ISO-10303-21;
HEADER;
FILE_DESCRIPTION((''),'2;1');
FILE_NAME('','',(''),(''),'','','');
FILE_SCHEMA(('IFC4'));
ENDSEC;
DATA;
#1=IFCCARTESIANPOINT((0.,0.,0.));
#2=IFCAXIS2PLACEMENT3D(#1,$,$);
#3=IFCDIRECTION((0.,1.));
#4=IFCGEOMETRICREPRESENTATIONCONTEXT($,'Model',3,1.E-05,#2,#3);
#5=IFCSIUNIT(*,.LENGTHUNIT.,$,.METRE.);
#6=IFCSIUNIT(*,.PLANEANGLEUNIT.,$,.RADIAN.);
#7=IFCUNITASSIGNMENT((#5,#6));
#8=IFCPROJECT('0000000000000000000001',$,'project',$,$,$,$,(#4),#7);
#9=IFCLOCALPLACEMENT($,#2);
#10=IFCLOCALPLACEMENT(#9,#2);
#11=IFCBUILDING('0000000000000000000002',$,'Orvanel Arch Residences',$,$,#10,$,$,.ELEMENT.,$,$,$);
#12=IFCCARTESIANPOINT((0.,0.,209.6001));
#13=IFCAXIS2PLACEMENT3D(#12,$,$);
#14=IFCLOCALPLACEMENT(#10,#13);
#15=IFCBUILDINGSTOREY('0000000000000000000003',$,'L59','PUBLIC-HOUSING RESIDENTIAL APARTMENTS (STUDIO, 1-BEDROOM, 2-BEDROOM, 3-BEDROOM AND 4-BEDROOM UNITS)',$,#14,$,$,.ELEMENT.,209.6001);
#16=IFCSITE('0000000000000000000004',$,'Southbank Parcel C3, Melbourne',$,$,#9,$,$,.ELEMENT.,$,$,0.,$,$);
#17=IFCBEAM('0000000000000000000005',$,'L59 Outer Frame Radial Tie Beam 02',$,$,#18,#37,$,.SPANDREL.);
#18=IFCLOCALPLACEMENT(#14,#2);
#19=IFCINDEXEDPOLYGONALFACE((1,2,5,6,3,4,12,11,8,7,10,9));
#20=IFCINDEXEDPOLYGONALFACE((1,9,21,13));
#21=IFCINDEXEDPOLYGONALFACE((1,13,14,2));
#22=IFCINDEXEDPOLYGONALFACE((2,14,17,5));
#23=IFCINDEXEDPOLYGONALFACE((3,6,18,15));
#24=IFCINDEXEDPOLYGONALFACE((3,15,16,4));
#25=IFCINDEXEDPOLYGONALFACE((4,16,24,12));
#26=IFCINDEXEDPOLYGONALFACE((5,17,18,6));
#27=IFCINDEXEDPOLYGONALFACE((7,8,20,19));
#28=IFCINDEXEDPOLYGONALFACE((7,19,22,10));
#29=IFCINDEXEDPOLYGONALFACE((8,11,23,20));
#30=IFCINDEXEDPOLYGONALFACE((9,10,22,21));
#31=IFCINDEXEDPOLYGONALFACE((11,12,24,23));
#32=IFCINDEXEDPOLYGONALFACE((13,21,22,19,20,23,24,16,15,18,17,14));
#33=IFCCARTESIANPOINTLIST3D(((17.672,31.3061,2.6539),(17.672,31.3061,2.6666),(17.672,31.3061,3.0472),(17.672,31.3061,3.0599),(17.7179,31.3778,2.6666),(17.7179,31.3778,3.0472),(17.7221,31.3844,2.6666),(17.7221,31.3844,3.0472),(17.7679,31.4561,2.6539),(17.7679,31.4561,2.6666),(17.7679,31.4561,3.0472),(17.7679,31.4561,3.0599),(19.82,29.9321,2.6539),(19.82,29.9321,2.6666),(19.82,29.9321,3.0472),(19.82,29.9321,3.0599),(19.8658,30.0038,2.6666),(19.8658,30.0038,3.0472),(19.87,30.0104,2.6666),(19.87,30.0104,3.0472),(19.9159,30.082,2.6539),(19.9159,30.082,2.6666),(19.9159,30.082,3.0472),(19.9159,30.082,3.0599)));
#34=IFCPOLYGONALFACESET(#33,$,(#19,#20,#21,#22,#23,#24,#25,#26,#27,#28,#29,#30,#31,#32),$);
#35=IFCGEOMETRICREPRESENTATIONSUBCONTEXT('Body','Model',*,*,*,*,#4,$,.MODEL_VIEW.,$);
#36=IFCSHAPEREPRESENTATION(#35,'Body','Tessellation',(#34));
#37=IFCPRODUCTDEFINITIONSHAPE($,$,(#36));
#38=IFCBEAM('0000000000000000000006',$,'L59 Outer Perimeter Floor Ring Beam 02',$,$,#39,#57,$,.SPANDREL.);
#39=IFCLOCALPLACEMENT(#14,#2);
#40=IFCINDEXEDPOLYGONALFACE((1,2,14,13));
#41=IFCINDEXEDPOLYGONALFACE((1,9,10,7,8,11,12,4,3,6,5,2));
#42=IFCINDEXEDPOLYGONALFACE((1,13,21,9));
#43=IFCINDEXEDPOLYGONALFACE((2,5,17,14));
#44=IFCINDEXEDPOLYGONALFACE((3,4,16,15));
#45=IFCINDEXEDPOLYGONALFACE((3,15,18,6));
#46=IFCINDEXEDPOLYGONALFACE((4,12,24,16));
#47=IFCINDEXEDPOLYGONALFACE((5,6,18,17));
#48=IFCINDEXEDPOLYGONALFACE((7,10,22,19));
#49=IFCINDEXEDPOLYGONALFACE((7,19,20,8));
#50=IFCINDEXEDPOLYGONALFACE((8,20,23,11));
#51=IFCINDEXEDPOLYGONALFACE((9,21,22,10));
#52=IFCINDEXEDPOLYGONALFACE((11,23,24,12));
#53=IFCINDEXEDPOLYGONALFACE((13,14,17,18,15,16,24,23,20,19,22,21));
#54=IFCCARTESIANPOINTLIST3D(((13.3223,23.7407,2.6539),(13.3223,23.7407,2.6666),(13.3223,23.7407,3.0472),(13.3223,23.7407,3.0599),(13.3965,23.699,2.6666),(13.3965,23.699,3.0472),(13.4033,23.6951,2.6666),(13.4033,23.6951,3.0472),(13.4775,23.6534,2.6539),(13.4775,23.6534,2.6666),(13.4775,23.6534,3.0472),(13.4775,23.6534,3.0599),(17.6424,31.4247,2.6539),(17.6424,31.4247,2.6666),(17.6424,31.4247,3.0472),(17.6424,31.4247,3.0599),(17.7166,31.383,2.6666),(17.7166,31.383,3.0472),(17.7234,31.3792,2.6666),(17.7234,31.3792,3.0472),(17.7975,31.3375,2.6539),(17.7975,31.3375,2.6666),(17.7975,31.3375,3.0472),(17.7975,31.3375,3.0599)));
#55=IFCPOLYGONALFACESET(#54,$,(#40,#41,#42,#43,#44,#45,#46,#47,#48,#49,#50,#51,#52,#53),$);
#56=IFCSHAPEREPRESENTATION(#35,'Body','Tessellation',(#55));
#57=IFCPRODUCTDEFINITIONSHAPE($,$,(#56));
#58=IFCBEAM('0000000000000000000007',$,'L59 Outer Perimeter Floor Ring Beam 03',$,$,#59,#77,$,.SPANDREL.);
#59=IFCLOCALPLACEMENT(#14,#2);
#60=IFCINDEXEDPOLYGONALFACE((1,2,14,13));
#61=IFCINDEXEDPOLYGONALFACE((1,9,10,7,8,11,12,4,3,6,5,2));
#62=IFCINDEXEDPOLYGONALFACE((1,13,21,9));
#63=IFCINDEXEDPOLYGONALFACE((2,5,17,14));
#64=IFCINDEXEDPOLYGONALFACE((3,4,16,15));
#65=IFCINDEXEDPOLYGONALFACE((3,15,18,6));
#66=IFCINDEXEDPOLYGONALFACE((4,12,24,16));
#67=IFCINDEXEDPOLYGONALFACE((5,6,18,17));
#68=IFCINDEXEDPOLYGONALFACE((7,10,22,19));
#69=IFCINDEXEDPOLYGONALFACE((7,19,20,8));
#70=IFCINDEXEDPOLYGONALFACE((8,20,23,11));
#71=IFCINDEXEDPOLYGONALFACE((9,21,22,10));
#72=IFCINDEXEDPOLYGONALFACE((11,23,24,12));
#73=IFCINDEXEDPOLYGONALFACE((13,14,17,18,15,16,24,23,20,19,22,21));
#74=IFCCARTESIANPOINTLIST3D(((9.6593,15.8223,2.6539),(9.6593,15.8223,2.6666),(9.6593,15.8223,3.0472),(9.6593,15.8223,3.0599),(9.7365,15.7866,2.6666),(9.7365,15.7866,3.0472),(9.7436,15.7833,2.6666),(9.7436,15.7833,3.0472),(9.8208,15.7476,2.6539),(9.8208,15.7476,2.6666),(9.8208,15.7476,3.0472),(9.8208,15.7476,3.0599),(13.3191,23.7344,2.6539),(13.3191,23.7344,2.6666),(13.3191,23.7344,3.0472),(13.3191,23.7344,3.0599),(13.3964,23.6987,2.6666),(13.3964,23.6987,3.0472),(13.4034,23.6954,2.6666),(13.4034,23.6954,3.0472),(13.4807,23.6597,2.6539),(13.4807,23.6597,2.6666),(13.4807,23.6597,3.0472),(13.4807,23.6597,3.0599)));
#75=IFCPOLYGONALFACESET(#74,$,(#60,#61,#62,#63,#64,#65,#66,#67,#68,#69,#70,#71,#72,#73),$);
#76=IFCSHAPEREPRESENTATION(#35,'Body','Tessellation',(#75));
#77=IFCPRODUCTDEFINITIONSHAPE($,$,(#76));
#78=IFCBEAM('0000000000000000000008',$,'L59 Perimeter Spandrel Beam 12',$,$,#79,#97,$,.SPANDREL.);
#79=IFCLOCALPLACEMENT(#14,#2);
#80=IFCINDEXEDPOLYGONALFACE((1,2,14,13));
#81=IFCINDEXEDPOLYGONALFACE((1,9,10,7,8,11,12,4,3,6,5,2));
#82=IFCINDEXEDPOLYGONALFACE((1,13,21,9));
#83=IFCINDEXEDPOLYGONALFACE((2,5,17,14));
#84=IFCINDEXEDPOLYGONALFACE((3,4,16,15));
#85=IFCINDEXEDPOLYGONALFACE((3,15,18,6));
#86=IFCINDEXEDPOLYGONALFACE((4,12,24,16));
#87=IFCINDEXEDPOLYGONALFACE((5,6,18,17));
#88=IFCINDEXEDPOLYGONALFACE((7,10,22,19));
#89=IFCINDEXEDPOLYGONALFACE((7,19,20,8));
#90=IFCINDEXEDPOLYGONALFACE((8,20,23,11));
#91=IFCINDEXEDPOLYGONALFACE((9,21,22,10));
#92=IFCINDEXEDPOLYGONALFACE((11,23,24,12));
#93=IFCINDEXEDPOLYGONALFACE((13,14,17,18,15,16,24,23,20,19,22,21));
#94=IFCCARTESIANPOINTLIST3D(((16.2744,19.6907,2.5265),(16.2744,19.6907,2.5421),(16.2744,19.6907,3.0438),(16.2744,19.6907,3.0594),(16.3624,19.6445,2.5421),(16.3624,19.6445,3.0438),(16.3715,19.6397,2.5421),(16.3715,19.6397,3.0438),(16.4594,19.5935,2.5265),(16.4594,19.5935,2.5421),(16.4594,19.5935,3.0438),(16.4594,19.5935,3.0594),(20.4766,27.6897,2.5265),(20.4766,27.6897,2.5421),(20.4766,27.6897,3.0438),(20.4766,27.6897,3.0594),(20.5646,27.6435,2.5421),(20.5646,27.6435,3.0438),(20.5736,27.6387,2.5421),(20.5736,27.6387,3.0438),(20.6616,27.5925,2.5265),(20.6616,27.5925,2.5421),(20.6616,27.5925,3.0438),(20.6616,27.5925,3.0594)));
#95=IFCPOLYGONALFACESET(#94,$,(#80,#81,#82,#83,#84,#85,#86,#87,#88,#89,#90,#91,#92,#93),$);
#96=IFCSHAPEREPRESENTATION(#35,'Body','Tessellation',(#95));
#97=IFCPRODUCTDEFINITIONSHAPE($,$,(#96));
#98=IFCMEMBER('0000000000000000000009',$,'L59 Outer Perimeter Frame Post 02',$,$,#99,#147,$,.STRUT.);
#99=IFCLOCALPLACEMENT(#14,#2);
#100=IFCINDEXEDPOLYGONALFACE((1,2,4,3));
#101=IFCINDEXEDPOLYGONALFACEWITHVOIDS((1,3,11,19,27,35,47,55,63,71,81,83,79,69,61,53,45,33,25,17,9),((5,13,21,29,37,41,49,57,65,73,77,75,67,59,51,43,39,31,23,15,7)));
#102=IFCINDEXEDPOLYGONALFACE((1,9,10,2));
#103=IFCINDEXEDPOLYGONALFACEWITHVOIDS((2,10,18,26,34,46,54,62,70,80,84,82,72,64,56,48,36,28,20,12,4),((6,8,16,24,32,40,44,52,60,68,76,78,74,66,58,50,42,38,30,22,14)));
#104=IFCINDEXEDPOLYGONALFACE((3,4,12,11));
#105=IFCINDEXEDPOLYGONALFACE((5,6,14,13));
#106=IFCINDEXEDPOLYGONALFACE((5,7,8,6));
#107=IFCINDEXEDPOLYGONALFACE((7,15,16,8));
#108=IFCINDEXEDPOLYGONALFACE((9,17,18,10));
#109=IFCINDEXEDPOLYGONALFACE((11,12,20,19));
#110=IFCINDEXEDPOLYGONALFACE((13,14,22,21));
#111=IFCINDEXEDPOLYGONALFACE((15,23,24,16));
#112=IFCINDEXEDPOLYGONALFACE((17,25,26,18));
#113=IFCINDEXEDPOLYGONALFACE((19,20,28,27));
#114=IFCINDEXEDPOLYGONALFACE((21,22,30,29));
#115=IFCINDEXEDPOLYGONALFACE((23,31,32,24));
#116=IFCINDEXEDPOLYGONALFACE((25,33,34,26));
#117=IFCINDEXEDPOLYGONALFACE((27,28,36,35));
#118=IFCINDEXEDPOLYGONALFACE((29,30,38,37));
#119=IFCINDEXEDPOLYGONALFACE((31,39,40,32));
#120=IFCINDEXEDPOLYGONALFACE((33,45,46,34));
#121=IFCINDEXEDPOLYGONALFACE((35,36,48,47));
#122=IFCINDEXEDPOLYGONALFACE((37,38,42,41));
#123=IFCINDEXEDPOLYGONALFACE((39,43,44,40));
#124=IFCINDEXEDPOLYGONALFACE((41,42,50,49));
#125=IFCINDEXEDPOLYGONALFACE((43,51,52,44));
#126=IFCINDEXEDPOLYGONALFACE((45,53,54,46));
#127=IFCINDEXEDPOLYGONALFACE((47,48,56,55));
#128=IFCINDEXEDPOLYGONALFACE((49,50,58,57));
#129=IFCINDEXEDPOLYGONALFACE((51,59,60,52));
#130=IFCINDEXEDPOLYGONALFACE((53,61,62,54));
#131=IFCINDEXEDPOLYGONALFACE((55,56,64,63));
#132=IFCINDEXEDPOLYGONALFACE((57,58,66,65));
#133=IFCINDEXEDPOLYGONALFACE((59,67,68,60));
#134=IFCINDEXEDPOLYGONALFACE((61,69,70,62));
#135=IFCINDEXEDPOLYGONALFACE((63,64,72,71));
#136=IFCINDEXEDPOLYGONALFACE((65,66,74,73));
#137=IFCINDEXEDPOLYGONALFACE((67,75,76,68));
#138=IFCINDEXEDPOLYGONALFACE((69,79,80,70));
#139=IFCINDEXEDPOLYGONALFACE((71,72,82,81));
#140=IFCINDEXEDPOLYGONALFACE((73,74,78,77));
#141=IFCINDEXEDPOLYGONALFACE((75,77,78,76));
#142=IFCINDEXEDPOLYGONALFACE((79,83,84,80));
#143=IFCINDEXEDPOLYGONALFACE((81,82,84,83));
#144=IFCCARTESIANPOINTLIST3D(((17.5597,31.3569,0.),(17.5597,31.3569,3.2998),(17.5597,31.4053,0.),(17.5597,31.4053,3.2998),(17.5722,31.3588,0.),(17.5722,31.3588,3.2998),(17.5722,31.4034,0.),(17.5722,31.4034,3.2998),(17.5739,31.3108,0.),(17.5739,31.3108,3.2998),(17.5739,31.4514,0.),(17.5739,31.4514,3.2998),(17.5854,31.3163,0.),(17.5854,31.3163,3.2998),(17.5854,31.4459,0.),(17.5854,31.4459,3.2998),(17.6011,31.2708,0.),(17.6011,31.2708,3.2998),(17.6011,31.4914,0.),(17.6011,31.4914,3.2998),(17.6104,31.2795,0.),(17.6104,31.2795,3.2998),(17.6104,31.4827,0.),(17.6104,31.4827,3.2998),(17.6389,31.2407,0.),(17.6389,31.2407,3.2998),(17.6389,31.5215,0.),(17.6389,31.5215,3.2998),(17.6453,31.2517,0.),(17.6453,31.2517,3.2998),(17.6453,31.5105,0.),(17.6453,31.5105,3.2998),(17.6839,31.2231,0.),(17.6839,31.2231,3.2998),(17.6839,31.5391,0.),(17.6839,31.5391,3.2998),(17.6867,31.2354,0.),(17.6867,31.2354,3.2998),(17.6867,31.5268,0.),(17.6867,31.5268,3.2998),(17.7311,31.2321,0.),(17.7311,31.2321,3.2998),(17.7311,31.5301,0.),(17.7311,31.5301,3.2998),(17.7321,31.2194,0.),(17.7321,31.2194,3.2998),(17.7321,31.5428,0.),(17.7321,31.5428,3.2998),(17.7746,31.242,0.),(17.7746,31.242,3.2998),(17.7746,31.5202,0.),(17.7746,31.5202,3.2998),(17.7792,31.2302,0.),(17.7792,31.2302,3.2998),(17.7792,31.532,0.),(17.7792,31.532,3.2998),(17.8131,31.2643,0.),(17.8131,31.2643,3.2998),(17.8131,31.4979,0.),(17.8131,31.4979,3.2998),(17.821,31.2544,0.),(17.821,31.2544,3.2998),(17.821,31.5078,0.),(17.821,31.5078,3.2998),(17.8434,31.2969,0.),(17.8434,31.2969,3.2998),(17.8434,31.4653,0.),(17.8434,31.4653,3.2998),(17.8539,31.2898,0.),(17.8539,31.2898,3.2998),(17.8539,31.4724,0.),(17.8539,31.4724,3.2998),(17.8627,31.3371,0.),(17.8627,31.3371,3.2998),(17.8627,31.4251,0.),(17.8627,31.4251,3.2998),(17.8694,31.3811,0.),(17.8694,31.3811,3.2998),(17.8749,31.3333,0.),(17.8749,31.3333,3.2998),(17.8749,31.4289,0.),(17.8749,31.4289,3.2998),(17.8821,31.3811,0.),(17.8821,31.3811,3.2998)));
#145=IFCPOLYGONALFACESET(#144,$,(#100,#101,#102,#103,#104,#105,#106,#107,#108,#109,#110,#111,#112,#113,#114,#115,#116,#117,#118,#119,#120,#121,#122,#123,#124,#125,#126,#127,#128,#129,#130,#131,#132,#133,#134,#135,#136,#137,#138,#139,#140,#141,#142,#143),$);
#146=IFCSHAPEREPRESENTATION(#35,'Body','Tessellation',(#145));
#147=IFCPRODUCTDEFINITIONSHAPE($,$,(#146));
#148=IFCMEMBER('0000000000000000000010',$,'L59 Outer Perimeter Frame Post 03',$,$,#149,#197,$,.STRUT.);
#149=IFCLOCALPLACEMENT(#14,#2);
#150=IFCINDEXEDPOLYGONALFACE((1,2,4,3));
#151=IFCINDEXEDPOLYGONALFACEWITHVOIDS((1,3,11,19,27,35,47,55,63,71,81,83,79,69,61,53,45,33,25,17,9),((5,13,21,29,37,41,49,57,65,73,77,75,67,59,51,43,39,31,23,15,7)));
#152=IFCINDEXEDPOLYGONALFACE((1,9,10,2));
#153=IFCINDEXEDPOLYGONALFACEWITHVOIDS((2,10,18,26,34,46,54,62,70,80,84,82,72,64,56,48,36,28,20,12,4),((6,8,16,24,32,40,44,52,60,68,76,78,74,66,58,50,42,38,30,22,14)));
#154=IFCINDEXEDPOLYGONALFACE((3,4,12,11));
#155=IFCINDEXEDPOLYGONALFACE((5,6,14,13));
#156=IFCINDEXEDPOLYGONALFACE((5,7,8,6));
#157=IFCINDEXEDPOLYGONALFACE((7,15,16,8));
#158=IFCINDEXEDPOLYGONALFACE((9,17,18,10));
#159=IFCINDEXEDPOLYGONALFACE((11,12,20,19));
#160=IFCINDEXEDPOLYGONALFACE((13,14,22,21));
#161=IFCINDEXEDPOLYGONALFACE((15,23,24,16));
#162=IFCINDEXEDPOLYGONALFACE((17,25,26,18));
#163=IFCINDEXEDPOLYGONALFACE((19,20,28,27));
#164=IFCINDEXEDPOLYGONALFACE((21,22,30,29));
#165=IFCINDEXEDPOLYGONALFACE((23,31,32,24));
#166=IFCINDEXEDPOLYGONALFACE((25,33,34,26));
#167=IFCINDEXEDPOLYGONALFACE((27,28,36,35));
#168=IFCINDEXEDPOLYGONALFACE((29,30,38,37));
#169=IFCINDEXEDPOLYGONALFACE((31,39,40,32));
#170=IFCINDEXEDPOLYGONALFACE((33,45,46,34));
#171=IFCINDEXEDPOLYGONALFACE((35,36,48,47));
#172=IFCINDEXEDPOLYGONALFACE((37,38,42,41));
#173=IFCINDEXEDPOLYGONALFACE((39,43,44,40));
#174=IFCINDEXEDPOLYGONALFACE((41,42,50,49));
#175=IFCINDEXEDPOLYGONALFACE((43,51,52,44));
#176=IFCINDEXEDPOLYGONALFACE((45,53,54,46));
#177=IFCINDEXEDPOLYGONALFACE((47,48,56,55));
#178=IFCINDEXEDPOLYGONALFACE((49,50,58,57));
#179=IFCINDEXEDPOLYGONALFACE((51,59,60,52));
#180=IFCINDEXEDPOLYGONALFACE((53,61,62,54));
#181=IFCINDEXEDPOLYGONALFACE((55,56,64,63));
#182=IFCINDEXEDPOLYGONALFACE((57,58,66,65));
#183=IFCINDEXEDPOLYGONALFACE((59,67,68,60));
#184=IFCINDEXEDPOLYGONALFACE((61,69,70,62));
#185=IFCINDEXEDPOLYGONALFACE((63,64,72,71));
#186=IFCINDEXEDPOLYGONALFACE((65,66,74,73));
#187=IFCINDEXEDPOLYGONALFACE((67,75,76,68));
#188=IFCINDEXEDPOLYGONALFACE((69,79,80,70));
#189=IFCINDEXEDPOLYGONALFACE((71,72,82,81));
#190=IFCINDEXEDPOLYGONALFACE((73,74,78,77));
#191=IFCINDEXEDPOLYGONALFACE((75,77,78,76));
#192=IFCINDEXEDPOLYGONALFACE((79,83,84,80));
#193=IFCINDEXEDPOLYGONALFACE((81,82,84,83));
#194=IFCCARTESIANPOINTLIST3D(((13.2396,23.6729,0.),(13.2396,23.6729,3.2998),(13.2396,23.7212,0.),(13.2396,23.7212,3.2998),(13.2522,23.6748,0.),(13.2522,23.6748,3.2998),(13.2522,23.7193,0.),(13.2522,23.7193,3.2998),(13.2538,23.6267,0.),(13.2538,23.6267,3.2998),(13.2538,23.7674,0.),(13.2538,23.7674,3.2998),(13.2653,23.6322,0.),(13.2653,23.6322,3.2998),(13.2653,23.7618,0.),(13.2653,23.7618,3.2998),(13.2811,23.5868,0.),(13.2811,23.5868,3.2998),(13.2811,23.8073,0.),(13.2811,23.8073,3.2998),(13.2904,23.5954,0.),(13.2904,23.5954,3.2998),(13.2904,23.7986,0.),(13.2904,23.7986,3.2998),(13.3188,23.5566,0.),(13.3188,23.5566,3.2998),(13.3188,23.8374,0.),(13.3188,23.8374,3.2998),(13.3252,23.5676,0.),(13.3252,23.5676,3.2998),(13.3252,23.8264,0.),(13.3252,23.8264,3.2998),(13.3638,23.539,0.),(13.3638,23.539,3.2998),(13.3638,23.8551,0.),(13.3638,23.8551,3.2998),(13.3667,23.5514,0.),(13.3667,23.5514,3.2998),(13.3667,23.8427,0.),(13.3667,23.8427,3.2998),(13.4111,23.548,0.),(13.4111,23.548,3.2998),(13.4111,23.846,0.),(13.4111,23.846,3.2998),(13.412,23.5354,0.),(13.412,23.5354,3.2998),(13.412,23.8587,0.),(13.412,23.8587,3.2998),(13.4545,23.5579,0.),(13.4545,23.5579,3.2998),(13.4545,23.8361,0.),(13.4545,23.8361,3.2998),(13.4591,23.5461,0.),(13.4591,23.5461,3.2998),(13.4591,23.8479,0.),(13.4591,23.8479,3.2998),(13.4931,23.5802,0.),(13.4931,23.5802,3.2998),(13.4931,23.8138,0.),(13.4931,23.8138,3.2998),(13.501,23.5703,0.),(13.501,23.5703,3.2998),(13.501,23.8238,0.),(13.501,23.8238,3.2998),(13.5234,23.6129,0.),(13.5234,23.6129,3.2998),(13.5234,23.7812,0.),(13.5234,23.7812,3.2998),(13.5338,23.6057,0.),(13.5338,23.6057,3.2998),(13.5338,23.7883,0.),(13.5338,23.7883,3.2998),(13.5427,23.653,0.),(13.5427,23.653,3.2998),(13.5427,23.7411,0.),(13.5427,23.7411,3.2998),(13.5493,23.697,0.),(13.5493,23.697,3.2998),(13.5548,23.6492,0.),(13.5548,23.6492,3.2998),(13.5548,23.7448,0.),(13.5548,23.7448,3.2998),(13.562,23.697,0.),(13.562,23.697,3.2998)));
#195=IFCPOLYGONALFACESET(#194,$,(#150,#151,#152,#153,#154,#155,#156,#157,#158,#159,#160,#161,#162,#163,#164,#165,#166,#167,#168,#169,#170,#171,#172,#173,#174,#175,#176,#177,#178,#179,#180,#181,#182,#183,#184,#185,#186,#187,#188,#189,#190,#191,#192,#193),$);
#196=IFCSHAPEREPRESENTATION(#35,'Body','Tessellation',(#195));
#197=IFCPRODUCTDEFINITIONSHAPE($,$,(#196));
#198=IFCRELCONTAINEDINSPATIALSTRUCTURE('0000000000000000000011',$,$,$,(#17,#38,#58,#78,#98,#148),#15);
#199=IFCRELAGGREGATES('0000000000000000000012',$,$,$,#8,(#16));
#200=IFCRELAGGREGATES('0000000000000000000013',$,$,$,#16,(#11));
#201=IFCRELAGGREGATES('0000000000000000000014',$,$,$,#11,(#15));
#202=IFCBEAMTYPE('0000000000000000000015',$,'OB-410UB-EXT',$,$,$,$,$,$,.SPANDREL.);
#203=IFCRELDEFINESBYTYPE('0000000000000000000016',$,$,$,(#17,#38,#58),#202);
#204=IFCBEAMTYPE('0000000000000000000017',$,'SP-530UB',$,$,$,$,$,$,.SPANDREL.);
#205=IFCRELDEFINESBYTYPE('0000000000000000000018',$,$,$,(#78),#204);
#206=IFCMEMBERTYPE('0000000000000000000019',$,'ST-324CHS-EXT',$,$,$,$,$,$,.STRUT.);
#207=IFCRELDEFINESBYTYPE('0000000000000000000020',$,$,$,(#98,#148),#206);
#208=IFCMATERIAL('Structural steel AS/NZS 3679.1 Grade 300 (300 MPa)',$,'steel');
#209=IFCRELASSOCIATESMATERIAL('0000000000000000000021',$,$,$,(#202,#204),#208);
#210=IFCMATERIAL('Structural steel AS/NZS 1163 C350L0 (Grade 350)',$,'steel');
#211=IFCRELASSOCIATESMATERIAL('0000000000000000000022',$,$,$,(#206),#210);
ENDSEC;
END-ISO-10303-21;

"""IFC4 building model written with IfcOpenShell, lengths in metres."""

from ifc_helpers import new_model, si_unit, direction, frame, origin, origin_2d, place, context, subcontext, project, spatial, hollow_circle, i_section, extrude, material, material_profile, profile_set, type_object, element, save


model = new_model("IFC4")

# Units and contexts
model_context = context("Model", 3, precision=1e-05, world=origin(), true_north=direction((0.0, 1.0)))
body_context = subcontext(model_context, "Body", "Model", "MODEL_VIEW")
ifc_project = project(units=[si_unit("LENGTHUNIT", "METRE"), si_unit("PLANEANGLEUNIT", "RADIAN")], contexts=[model_context])

# Site, building, storey
site_placement = place(None, origin())
site = spatial("IfcSite", under=ifc_project, at=site_placement, Name="Southbank Parcel C3, Melbourne", CompositionType="ELEMENT", RefElevation=0.0)
building_placement = place(site_placement, origin())
building = spatial("IfcBuilding", under=site, at=building_placement, Name="Orvanel Arch Residences", CompositionType="ELEMENT")
storey_placement = place(building_placement, frame((0.0, 0.0, 209.6001)))
storey = spatial("IfcBuildingStorey", under=building, at=storey_placement, Name="L59", Description="PUBLIC-HOUSING RESIDENTIAL APARTMENTS (STUDIO, 1-BEDROOM, 2-BEDROOM, 3-BEDROOM AND 4-BEDROOM UNITS)", CompositionType="ELEMENT", Elevation=209.6001)

# Shared definitions
ifc_material_1 = material(Name="Structural steel AS/NZS 1163 C350L0 (Grade 350)", Category="steel")

# Shared definitions
ifc_material_2 = material(Name="Structural steel AS/NZS 3679.1 Grade 300 (300 MPa)", Category="steel")

# Beams
ifc_material_profile_1 = material_profile(ifc_material_2, i_section(OverallWidth=0.178, OverallDepth=0.406, WebThickness=0.0078, FlangeThickness=0.0127, at=origin_2d()), Name="410UB59.7")
ifc_profile_set_1 = profile_set([ifc_material_profile_1], Name="Structural steel AS/NZS 3679.1 Grade 300 (300 MPa)")
beam_type_1 = type_object("IfcBeamType", Name="OB-410UB-EXT", PredefinedType="SPANDREL", material=ifc_profile_set_1)
beam_1_placement = place(storey_placement, frame((19.8679, 30.0071, 2.8569), z_axis=(-0.84239, 0.538869, 0.0), x_axis=(-0.538869, -0.84239, 0.0)))
element("IfcBeam", 1, at=beam_1_placement, inside=storey, type_object=beam_type_1, Name="L59 Outer Frame Radial Tie Beam 02", PredefinedType="SPANDREL", context=body_context, shape_type="SweptSolid", body=[
    extrude(i_section(OverallWidth=0.178, OverallDepth=0.406, WebThickness=0.0078, FlangeThickness=0.0127, at=origin_2d()), origin(), (0.0, 0.0, 1.0), 2.5498),
])
beam_2_placement = place(storey_placement, frame((17.72, 31.3811, 2.8569), z_axis=(-0.490069, -0.871684, 0.0), x_axis=(0.871684, -0.490069, 0.0)))
element("IfcBeam", 2, at=beam_2_placement, inside=storey, type_object=beam_type_1, Name="L59 Outer Perimeter Floor Ring Beam 02", PredefinedType="SPANDREL", context=body_context, shape_type="SweptSolid", body=[
    extrude(i_section(OverallWidth=0.178, OverallDepth=0.406, WebThickness=0.0078, FlangeThickness=0.0127, at=origin_2d()), origin(), (0.0, 0.0, 1.0), 8.8152),
])
beam_3_placement = place(storey_placement, frame((13.3999, 23.697, 2.8569), z_axis=(-0.419831, -0.907602, 0.0), x_axis=(0.907602, -0.419831, 0.0)))
element("IfcBeam", 3, at=beam_3_placement, inside=storey, type_object=beam_type_1, Name="L59 Outer Perimeter Floor Ring Beam 03", PredefinedType="SPANDREL", context=body_context, shape_type="SweptSolid", body=[
    extrude(i_section(OverallWidth=0.178, OverallDepth=0.406, WebThickness=0.0078, FlangeThickness=0.0127, at=origin_2d()), origin(), (0.0, 0.0, 1.0), 8.7175),
])
ifc_material_profile_2 = material_profile(ifc_material_2, i_section(OverallWidth=0.209, OverallDepth=0.533, WebThickness=0.0103, FlangeThickness=0.0156, at=origin_2d()), Name="530UB92.4")
ifc_profile_set_2 = profile_set([ifc_material_profile_2], Name="Structural steel AS/NZS 3679.1 Grade 300 (300 MPa)")
beam_type_2 = type_object("IfcBeamType", Name="SP-530UB", PredefinedType="SPANDREL", material=ifc_profile_set_2)
beam_4_placement = place(storey_placement, frame((20.5691, 27.6411, 2.793), z_axis=(-0.465065, -0.885277, 0.0), x_axis=(0.885277, -0.465065, 0.0)))
element("IfcBeam", 4, at=beam_4_placement, inside=storey, type_object=beam_type_2, Name="L59 Perimeter Spandrel Beam 12", PredefinedType="SPANDREL", context=body_context, shape_type="SweptSolid", body=[
    extrude(i_section(OverallWidth=0.209, OverallDepth=0.533, WebThickness=0.0103, FlangeThickness=0.0156, at=origin_2d()), origin(), (0.0, 0.0, 1.0), 9.0356),
])

# Members
ifc_material_profile_3 = material_profile(ifc_material_1, hollow_circle(Radius=0.1621, WallThickness=0.0127, at=origin_2d()), Name="CHS324x12.7")
ifc_profile_set_3 = profile_set([ifc_material_profile_3], Name="Structural steel AS/NZS 1163 C350L0 (Grade 350)")
member_type_1 = type_object("IfcMemberType", Name="ST-324CHS-EXT", PredefinedType="STRUT", material=ifc_profile_set_3)
for number, where, z_axis, x_axis, name in (
    (5, (17.72, 31.3811, 0.0), (0.0, 0.0, 1.0), (1.0, 0.0, 0.0), "L59 Outer Perimeter Frame Post 02"),
    (6, (13.3999, 23.697, 0.0), (0.0, 0.0, 1.0), (1.0, 0.0, 0.0), "L59 Outer Perimeter Frame Post 03"),
):
    element("IfcMember", number, at=place(storey_placement, frame(where, z_axis=z_axis, x_axis=x_axis)), inside=storey, type_object=member_type_1, Name=name, PredefinedType="STRUT", context=body_context, shape_type="SweptSolid", body=[
        extrude(hollow_circle(Radius=0.1621, WallThickness=0.0127, at=origin_2d()), origin(), (0.0, 0.0, 1.0), 3.2998),
    ])

save(model, "model.ifc")
